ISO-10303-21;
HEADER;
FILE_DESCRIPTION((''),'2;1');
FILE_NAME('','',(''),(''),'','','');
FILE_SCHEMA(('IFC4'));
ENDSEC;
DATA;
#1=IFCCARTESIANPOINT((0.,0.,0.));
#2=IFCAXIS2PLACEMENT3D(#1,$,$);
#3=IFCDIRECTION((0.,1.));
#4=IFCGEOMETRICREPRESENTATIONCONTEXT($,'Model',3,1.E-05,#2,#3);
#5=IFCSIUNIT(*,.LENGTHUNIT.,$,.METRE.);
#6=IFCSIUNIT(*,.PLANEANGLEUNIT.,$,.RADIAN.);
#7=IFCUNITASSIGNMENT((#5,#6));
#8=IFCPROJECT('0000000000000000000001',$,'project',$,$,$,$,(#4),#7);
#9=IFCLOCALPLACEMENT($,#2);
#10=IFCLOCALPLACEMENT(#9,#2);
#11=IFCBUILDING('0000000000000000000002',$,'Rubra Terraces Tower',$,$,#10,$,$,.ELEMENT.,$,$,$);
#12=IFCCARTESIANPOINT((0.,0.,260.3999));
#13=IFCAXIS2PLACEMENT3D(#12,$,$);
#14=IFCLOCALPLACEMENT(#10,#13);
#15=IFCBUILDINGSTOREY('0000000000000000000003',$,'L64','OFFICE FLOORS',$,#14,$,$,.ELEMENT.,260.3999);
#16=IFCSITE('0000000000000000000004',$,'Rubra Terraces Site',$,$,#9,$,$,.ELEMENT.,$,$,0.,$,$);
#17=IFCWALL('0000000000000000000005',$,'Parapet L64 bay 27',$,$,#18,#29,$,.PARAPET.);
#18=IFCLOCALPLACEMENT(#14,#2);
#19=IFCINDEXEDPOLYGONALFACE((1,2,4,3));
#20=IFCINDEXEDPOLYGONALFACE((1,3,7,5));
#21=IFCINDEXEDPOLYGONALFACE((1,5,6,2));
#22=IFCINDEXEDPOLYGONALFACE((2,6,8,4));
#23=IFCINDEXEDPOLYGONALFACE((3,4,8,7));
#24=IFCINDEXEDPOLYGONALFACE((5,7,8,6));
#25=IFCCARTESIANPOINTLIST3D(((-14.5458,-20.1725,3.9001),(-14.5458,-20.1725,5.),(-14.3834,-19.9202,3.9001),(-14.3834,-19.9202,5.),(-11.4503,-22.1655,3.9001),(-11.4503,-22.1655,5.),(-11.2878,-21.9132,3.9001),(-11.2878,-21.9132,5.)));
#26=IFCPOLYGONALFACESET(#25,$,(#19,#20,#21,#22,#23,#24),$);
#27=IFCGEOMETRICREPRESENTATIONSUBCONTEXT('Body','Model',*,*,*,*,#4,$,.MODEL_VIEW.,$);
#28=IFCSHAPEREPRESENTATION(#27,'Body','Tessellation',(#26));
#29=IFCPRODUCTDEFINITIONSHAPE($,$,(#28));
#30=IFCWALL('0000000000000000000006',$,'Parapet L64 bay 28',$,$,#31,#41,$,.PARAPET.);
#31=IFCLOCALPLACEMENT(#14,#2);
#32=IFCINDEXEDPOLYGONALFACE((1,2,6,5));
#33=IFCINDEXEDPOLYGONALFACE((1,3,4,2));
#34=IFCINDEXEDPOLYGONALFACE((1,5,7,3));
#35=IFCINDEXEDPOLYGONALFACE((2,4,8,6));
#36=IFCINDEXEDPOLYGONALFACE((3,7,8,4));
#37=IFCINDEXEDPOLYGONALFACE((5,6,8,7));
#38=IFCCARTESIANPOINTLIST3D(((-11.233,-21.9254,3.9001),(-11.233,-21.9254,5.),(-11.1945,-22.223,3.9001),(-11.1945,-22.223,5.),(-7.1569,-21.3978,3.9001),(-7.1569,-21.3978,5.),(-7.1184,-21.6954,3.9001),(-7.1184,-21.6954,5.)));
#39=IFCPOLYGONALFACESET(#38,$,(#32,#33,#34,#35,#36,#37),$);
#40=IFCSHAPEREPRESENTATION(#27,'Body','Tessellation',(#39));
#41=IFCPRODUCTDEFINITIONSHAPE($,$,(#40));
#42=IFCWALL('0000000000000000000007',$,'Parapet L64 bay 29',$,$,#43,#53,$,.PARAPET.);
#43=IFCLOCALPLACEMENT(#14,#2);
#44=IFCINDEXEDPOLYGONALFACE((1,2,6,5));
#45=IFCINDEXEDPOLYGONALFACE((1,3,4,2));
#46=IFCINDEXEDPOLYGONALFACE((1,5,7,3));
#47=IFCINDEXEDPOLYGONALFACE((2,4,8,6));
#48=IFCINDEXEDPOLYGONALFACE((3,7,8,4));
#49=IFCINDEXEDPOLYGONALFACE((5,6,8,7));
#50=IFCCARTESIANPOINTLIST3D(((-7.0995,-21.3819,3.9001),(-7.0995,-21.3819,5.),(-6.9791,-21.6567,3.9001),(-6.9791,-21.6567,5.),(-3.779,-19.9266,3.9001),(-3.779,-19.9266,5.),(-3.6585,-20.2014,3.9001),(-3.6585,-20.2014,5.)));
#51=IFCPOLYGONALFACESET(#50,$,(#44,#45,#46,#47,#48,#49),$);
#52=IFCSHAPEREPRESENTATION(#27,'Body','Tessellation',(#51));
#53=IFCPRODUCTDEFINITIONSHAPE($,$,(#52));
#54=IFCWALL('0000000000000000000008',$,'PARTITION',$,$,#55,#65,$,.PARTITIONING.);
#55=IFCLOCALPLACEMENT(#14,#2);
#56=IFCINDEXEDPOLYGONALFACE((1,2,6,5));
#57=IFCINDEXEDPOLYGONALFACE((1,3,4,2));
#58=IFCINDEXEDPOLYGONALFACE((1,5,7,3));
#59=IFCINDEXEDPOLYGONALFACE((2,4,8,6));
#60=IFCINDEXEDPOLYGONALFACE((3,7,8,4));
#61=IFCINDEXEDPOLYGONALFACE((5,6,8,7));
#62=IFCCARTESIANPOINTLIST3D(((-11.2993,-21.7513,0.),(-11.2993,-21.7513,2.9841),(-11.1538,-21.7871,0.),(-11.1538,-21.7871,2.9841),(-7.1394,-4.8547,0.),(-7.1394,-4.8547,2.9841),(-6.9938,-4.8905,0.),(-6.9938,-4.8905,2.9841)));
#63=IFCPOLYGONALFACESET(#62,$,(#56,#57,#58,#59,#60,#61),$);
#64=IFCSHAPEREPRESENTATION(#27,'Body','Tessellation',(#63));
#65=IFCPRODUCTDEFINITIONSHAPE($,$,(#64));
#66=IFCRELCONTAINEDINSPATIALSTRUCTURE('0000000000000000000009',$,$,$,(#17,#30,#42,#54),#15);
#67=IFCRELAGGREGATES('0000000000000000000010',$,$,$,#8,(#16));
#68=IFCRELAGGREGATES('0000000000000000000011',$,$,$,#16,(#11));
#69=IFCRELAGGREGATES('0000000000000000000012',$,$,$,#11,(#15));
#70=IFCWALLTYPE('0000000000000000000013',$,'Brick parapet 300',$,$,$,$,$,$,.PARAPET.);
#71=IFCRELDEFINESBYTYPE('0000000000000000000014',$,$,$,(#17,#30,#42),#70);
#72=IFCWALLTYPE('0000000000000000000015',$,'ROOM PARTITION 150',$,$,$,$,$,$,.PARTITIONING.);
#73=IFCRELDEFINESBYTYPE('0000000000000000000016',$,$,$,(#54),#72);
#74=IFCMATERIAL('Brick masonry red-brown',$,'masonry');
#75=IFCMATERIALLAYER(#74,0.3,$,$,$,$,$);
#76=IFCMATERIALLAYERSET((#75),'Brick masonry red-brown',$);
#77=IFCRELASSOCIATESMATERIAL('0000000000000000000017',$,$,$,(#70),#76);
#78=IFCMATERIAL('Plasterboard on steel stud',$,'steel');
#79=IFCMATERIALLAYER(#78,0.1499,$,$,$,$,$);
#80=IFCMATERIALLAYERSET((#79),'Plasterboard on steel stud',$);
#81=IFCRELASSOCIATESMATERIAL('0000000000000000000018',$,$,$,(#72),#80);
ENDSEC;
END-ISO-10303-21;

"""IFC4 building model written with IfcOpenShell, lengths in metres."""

from ifc_helpers import new_model, si_unit, direction, frame, frame_2d, origin, place, context, subcontext, project, spatial, rectangle, extrude, material, layer, layer_set, type_object, element, save


model = new_model("IFC4")

# Units and contexts
model_context = context("Model", 3, precision=1e-05, world=origin(), true_north=direction((0.0, 1.0)))
body_context = subcontext(model_context, "Body", "Model", "MODEL_VIEW")
ifc_project = project(units=[si_unit("LENGTHUNIT", "METRE"), si_unit("PLANEANGLEUNIT", "RADIAN")], contexts=[model_context])

# Site, building, storey
site_placement = place(None, origin())
site = spatial("IfcSite", under=ifc_project, at=site_placement, Name="Rubra Terraces Site", CompositionType="ELEMENT", RefElevation=0.0)
building_placement = place(site_placement, origin())
building = spatial("IfcBuilding", under=site, at=building_placement, Name="Rubra Terraces Tower", CompositionType="ELEMENT")
storey_placement = place(building_placement, frame((0.0, 0.0, 260.3999)))
storey = spatial("IfcBuildingStorey", under=building, at=storey_placement, Name="L64", Description="OFFICE FLOORS", CompositionType="ELEMENT", Elevation=260.3999)

# Shared definitions
ifc_material_1 = material(Name="Brick masonry red-brown", Category="masonry")

# Walls
ifc_layer_1 = layer(ifc_material_1, 0.3)
ifc_layer_set_1 = layer_set([ifc_layer_1], Name="Brick masonry red-brown")
wall_type_1 = type_object("IfcWallType", Name="Brick parapet 300", PredefinedType="PARAPET", material=ifc_layer_set_1)
wall_1_placement = place(storey_placement, frame((-14.4646, -20.0464, 3.9001), z_axis=(0.0, 0.0, 1.0), x_axis=(0.84081, -0.541331, 0.0)))
element("IfcWall", 1, at=wall_1_placement, inside=storey, type_object=wall_type_1, Name="Parapet L64 bay 27", PredefinedType="PARAPET", context=body_context, shape_type="SweptSolid", body=[
    extrude(rectangle(XDim=3.6816, YDim=0.3, at=frame_2d((1.8408, 0.0))), origin(), (0.0, 0.0, 1.0), 1.0999),
])
wall_2_placement = place(storey_placement, frame((-11.2139, -22.0742, 3.9001), z_axis=(0.0, 0.0, 1.0), x_axis=(0.991727, 0.128361, 0.0)))
element("IfcWall", 2, at=wall_2_placement, inside=storey, type_object=wall_type_1, Name="Parapet L64 bay 28", PredefinedType="PARAPET", context=body_context, shape_type="SweptSolid", body=[
    extrude(rectangle(XDim=4.1101, YDim=0.3, at=frame_2d((2.0552, 0.0))), origin(), (0.0, 0.0, 1.0), 1.0999),
])
wall_3_placement = place(storey_placement, frame((-7.0393, -21.5193, 3.9001), z_axis=(0.0, 0.0, 1.0), x_axis=(0.915896, 0.401416, 0.0)))
element("IfcWall", 3, at=wall_3_placement, inside=storey, type_object=wall_type_1, Name="Parapet L64 bay 29", PredefinedType="PARAPET", context=body_context, shape_type="SweptSolid", body=[
    extrude(rectangle(XDim=3.6255, YDim=0.3, at=frame_2d((1.8127, 0.0))), origin(), (0.0, 0.0, 1.0), 1.0999),
])
ifc_material_2 = material(Name="Plasterboard on steel stud", Category="steel")
ifc_layer_2 = layer(ifc_material_2, 0.1499)
ifc_layer_set_2 = layer_set([ifc_layer_2], Name="Plasterboard on steel stud")
wall_type_2 = type_object("IfcWallType", Name="ROOM PARTITION 150", PredefinedType="PARTITIONING", material=ifc_layer_set_2)
wall_4_placement = place(storey_placement, frame((-11.2266, -21.7693, 0.0), z_axis=(0.0, 0.0, 1.0), x_axis=(0.239061, 0.971005, 0.0)))
element("IfcWall", 4, at=wall_4_placement, inside=storey, type_object=wall_type_2, Name="PARTITION", PredefinedType="PARTITIONING", context=body_context, shape_type="SweptSolid", body=[
    extrude(rectangle(XDim=17.4011, YDim=0.1499, at=frame_2d((8.7007, 0.0))), origin(), (0.0, 0.0, 1.0), 2.9841),
])

save(model, "model.ifc")
